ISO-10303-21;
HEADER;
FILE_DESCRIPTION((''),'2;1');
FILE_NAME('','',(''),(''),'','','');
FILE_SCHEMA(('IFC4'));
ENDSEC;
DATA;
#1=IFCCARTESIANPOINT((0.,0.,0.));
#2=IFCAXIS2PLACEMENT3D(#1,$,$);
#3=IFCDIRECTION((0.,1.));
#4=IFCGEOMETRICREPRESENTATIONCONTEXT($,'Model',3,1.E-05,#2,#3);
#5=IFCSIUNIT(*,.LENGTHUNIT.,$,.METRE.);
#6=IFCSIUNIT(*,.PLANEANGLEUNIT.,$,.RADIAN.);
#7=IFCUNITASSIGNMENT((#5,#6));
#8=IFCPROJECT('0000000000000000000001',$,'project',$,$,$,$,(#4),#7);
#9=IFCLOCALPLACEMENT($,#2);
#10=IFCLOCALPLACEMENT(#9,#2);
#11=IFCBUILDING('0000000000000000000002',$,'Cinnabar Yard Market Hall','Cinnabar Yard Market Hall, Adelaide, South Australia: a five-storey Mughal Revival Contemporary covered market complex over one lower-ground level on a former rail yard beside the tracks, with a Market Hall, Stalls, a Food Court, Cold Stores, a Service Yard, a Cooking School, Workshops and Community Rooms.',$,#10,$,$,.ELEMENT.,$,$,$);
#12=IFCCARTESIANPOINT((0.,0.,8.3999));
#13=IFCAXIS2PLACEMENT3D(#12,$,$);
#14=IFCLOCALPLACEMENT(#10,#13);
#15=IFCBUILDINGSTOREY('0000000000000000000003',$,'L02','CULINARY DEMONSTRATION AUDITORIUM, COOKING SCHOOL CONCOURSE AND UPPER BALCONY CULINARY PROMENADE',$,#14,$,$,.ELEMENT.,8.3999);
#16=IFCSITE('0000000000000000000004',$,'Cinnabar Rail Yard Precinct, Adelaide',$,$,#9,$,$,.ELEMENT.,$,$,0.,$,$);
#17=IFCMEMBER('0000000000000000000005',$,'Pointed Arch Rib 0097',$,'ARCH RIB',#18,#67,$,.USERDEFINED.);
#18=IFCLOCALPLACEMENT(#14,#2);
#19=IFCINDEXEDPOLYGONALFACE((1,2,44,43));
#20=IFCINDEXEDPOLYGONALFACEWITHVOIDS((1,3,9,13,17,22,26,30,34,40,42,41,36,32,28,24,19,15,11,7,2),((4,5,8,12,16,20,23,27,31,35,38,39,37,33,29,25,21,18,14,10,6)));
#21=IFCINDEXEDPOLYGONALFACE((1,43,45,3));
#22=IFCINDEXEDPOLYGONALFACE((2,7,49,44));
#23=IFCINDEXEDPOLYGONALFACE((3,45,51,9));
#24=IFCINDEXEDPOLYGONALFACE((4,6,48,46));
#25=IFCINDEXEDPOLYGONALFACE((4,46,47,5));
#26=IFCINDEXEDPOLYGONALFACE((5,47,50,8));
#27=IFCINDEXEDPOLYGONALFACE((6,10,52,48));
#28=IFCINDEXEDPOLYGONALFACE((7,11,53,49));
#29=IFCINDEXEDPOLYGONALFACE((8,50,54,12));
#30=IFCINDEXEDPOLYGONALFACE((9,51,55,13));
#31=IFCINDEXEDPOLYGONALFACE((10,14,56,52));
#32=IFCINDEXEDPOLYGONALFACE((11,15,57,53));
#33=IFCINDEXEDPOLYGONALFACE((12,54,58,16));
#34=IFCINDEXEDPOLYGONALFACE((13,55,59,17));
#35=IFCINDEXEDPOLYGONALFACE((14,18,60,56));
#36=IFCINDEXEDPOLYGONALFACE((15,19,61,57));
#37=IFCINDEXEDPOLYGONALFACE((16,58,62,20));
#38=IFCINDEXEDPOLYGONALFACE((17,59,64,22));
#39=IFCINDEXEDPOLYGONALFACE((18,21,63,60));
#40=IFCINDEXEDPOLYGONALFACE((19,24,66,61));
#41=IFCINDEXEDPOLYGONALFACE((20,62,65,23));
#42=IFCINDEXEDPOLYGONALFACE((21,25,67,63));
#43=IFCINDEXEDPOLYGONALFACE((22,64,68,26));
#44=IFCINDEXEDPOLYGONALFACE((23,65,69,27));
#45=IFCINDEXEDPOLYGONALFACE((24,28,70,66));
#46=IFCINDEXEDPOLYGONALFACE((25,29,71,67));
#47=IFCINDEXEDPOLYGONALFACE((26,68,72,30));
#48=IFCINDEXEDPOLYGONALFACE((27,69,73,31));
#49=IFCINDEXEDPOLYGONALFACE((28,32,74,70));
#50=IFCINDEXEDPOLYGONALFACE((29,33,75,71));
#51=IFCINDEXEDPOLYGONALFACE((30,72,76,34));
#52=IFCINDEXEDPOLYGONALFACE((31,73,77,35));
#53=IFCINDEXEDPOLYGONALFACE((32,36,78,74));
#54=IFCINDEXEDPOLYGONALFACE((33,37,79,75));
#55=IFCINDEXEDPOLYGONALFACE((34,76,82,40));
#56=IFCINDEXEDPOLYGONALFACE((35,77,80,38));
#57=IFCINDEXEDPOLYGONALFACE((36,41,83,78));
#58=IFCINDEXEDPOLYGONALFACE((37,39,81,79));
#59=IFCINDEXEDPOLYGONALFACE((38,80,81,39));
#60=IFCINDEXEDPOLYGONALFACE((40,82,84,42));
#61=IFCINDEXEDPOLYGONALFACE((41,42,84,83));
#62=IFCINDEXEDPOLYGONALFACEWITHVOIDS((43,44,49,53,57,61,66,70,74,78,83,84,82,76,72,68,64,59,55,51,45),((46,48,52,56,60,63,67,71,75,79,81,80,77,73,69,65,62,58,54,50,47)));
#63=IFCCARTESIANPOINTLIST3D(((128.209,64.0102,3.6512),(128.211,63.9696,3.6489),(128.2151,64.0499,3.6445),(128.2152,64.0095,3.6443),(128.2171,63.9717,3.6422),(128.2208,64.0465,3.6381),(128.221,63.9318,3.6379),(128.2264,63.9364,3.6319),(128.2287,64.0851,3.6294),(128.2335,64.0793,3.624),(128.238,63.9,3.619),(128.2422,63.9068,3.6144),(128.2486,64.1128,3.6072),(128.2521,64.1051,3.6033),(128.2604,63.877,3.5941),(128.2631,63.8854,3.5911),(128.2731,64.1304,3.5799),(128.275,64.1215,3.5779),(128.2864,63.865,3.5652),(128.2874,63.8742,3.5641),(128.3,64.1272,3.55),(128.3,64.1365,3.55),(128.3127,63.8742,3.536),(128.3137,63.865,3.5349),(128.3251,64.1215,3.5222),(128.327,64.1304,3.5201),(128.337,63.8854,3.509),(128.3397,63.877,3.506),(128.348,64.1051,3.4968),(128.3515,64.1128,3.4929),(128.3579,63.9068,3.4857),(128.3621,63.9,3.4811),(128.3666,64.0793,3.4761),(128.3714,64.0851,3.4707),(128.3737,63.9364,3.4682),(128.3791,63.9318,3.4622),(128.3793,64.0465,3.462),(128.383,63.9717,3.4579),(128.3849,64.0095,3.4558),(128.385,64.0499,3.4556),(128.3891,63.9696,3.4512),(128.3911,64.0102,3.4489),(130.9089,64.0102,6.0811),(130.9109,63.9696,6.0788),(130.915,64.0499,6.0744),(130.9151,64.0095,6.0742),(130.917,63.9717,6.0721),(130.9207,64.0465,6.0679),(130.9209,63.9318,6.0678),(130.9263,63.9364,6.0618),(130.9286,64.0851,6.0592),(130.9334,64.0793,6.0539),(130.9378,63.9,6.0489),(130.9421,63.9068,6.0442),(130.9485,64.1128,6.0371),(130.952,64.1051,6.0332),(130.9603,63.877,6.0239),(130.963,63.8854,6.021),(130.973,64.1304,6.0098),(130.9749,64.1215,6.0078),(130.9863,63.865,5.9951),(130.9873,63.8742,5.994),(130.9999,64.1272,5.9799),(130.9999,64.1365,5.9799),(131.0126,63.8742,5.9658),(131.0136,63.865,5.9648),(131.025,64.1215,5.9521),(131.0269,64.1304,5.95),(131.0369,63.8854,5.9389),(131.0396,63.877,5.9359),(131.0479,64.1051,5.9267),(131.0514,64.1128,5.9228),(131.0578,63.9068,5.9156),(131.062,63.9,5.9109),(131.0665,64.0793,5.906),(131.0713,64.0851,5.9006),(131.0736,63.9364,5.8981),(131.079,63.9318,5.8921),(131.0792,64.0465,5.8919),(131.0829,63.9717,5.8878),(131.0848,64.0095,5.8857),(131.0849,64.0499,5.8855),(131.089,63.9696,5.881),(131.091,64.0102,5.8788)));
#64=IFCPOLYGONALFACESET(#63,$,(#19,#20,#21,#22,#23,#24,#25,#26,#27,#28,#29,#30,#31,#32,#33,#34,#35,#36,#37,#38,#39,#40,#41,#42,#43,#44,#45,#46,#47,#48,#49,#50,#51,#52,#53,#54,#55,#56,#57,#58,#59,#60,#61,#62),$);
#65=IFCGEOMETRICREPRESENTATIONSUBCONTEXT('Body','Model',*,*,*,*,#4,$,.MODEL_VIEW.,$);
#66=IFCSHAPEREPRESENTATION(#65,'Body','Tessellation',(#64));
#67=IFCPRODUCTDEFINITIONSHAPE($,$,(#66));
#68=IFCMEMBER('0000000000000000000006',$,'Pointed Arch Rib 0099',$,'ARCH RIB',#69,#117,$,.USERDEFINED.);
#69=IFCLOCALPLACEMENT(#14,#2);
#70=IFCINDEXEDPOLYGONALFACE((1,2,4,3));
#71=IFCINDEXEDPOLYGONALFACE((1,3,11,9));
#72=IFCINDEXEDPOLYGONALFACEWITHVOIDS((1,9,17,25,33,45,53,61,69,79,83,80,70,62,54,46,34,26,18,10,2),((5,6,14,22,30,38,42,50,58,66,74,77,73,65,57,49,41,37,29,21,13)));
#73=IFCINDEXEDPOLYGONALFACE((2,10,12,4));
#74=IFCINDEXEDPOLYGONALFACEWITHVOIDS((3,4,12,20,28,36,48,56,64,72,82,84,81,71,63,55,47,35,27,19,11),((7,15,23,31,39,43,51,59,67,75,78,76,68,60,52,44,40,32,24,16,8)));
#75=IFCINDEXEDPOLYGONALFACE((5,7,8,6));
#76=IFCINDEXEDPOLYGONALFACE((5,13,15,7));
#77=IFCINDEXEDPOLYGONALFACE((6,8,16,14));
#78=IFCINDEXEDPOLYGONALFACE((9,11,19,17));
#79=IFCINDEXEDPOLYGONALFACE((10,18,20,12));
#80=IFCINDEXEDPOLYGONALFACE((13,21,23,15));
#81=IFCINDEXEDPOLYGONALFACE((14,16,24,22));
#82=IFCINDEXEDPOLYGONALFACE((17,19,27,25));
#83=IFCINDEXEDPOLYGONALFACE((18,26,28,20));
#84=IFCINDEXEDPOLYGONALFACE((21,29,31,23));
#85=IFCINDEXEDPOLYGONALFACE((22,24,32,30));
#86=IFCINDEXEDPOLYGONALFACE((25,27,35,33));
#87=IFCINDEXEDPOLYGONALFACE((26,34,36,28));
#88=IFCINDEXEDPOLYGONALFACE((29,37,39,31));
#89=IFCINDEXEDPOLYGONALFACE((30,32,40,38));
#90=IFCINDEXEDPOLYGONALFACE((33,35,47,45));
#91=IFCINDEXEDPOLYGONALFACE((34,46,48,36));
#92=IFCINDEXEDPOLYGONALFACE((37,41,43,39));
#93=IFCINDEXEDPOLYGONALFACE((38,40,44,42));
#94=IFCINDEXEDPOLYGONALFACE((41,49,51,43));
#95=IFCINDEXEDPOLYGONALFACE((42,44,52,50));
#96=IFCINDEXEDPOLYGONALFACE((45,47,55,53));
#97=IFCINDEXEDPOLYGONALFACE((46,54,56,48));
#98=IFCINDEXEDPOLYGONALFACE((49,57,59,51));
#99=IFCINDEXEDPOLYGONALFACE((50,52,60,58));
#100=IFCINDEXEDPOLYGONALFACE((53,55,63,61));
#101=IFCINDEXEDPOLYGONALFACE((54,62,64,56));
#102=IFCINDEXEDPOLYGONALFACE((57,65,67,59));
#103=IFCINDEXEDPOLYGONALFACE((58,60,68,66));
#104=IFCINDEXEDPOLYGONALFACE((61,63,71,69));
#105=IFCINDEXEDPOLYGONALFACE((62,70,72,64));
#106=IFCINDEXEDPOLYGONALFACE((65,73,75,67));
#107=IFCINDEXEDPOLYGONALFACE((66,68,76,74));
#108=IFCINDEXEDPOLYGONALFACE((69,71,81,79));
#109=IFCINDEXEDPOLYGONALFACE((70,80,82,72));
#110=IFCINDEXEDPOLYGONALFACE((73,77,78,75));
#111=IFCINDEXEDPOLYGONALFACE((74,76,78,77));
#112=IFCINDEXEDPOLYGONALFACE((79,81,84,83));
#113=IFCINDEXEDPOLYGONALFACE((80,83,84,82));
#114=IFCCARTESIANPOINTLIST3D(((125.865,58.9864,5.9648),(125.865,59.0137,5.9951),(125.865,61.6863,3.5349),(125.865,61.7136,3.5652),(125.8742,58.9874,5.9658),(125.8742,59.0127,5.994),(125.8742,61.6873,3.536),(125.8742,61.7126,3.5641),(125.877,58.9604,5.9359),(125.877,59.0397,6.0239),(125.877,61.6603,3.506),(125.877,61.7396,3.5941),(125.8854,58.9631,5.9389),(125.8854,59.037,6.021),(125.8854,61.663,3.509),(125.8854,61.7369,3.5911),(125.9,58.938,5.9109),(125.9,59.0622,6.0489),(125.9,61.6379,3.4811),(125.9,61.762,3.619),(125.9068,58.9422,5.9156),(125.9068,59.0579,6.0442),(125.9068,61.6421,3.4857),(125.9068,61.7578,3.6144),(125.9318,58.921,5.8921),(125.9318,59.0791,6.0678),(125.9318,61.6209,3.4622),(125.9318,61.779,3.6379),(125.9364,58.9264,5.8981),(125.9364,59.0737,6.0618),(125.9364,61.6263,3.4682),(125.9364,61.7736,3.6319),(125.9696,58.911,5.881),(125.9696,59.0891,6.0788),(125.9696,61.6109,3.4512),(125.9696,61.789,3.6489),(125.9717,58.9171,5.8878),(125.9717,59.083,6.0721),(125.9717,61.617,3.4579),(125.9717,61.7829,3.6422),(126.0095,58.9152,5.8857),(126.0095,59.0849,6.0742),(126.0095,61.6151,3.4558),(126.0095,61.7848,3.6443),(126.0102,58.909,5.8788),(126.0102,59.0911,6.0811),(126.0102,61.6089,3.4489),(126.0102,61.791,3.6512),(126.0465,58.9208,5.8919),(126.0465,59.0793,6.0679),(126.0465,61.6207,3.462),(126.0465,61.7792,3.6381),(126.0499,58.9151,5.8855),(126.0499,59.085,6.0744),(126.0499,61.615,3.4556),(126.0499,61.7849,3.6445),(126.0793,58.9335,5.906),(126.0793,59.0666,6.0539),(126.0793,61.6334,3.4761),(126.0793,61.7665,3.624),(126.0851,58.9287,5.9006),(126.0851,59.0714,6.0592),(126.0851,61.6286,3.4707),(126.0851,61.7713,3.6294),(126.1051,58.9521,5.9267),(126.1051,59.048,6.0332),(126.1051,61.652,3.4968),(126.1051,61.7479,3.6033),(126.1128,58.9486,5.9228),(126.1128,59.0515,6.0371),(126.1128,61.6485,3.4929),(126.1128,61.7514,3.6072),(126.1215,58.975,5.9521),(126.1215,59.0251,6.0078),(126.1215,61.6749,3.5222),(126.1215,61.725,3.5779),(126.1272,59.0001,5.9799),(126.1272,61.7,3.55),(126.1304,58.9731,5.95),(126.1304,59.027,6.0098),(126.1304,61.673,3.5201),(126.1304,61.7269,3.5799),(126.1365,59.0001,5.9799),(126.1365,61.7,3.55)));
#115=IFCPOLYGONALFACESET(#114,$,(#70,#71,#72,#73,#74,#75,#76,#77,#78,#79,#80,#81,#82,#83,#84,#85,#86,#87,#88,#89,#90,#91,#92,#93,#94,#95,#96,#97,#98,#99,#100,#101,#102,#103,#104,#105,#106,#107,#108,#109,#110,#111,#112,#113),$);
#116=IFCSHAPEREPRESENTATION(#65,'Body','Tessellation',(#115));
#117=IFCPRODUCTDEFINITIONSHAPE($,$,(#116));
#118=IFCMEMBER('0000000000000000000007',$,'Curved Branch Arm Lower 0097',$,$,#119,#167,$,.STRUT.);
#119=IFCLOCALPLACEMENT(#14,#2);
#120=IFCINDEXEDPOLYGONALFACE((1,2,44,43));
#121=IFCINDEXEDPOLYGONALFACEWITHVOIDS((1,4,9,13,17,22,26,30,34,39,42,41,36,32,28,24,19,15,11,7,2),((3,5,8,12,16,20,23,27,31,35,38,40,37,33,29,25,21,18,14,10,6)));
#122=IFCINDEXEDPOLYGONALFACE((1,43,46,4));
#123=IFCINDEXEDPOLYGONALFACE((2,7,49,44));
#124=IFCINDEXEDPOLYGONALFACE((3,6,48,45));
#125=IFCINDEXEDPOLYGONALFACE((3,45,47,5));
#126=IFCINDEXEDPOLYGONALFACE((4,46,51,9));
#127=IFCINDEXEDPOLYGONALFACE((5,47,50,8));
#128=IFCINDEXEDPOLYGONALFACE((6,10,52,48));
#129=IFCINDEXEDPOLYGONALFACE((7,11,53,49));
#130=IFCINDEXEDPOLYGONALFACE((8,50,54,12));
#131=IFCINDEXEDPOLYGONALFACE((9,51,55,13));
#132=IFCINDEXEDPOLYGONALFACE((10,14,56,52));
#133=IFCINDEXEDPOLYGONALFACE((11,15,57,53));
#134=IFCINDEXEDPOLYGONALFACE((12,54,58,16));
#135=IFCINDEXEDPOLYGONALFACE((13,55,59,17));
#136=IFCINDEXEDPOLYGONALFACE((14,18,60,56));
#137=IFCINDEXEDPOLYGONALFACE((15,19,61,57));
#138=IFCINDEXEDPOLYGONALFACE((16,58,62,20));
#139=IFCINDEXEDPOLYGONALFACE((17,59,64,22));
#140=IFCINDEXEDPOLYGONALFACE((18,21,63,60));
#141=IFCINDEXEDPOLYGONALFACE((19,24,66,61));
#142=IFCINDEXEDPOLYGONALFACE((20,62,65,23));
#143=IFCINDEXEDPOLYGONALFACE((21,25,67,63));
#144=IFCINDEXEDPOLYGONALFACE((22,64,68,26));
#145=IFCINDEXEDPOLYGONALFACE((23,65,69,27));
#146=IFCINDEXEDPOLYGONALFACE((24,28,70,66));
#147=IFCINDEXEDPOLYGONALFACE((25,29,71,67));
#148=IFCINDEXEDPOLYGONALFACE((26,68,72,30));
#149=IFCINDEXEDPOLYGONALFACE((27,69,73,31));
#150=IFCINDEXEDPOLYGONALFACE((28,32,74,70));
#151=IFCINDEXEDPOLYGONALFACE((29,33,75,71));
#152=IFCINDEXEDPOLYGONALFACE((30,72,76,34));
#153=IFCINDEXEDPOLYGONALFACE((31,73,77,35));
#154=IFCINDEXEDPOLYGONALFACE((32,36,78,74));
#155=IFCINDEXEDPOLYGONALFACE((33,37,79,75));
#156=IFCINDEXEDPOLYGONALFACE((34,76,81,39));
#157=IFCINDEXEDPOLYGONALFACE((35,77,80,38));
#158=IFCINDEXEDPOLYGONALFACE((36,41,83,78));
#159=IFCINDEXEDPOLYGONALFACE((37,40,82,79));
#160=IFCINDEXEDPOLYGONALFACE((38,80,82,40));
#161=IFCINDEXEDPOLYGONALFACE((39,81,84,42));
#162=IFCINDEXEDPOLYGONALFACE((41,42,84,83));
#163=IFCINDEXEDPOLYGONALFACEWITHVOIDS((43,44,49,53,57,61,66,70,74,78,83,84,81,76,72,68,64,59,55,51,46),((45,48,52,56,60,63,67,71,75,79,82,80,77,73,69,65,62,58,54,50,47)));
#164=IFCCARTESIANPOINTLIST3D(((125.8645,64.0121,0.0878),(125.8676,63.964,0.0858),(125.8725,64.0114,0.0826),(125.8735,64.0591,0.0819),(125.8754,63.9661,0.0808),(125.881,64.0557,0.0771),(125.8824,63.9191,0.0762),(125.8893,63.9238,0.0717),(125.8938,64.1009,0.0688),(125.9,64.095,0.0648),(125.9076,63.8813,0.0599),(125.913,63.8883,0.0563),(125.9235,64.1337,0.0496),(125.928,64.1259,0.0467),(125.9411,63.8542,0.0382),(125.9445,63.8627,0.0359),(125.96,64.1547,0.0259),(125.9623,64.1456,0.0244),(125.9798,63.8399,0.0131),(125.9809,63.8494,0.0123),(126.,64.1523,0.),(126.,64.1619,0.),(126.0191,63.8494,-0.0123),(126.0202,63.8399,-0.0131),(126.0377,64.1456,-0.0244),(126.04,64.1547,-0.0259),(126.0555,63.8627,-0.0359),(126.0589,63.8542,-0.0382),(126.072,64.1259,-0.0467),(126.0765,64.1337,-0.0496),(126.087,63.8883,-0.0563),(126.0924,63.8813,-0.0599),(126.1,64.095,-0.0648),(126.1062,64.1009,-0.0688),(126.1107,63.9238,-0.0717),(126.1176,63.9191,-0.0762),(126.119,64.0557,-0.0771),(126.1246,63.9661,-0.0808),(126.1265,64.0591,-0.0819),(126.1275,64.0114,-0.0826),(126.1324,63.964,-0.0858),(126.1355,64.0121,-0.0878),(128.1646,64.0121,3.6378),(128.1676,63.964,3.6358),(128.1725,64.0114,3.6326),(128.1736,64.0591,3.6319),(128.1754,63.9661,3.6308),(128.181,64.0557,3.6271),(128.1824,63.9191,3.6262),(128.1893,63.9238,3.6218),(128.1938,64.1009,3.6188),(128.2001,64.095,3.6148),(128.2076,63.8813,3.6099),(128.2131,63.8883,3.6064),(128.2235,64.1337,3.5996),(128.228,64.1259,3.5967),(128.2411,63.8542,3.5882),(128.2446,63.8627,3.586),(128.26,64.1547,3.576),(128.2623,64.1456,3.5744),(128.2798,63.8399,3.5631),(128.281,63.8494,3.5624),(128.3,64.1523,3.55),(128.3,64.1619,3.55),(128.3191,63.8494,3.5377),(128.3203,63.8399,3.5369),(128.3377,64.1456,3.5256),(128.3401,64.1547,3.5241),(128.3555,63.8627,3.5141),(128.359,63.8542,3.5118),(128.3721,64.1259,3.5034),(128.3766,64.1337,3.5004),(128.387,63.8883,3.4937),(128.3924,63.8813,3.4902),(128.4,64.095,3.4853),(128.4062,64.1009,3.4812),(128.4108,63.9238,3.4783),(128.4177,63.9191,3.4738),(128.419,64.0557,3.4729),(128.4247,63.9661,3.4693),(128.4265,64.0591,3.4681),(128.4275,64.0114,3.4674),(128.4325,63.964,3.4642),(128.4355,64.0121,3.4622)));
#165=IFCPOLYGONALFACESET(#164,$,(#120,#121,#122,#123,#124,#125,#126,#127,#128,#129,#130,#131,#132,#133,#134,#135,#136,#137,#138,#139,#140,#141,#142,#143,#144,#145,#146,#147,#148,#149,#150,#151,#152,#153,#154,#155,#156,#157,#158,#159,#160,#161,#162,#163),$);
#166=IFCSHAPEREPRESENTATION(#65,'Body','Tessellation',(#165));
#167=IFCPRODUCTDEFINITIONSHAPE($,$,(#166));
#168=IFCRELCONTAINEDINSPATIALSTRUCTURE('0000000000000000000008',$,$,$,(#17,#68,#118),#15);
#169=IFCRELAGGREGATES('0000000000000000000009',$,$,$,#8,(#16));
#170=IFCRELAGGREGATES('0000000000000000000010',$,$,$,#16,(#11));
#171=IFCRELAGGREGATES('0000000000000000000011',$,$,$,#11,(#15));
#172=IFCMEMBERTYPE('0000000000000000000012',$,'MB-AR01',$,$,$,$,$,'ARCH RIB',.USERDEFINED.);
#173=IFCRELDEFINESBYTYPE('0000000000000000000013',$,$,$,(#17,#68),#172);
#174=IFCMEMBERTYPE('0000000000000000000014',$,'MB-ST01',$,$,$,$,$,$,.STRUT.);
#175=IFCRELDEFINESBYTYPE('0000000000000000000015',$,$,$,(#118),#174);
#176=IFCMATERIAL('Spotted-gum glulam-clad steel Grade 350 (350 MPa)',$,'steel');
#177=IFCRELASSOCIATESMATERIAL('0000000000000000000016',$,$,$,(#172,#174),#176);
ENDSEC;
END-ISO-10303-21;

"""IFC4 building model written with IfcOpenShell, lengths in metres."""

from ifc_helpers import new_model, si_unit, direction, frame, origin, origin_2d_with_axis, place, context, subcontext, project, spatial, hollow_circle, extrude, material, material_profile, profile_set, type_object, element, save


model = new_model("IFC4")

# Units and contexts
model_context = context("Model", 3, precision=1e-05, world=origin(), true_north=direction((0.0, 1.0)))
body_context = subcontext(model_context, "Body", "Model", "MODEL_VIEW")
ifc_project = project(units=[si_unit("LENGTHUNIT", "METRE"), si_unit("PLANEANGLEUNIT", "RADIAN")], contexts=[model_context])

# Site, building, storey
site_placement = place(None, origin())
site = spatial("IfcSite", under=ifc_project, at=site_placement, Name="Cinnabar Rail Yard Precinct, Adelaide", CompositionType="ELEMENT", RefElevation=0.0)
building_placement = place(site_placement, origin())
building = spatial("IfcBuilding", under=site, at=building_placement, Name="Cinnabar Yard Market Hall", Description="Cinnabar Yard Market Hall, Adelaide, South Australia: a five-storey Mughal Revival Contemporary covered market complex over one lower-ground level on a former rail yard beside the tracks, with a Market Hall, Stalls, a Food Court, Cold Stores, a Service Yard, a Cooking School, Workshops and Community Rooms.", CompositionType="ELEMENT")
storey_placement = place(building_placement, frame((0.0, 0.0, 8.3999)))
storey = spatial("IfcBuildingStorey", under=building, at=storey_placement, Name="L02", Description="CULINARY DEMONSTRATION AUDITORIUM, COOKING SCHOOL CONCOURSE AND UPPER BALCONY CULINARY PROMENADE", CompositionType="ELEMENT", Elevation=8.3999)

# Shared definitions
ifc_material_1 = material(Name="Spotted-gum glulam-clad steel Grade 350 (350 MPa)", Category="steel")

# Members
ifc_material_profile_1 = material_profile(ifc_material_1, hollow_circle(Radius=0.1365, WallThickness=0.0093, at=origin_2d_with_axis()), Name="273.1x9.3CHS")
ifc_profile_set_1 = profile_set([ifc_material_profile_1], Name="Spotted-gum glulam-clad steel Grade 350 (350 MPa)")
member_type_1 = type_object("IfcMemberType", Name="MB-AR01", ElementType="ARCH RIB", PredefinedType="USERDEFINED", material=ifc_profile_set_1)
for number, where, z_axis, x_axis, name in (
    (1, (128.3, 64.0, 3.55), (0.743297, 0.0, 0.668961), (0.0, 1.0, 0.0), "Pointed Arch Rib 0097"),
    (2, (126.0, 61.7, 3.55), (0.0, -0.743297, 0.668961), (1.0, 0.0, 0.0), "Pointed Arch Rib 0099"),
):
    element("IfcMember", number, at=place(storey_placement, frame(where, z_axis=z_axis, x_axis=x_axis)), inside=storey, type_object=member_type_1, Name=name, ObjectType="ARCH RIB", PredefinedType="USERDEFINED", context=body_context, shape_type="SweptSolid", body=[
        extrude(hollow_circle(Radius=0.1365, WallThickness=0.0093, at=origin_2d_with_axis()), origin(), (0.0, 0.0, 1.0), 3.6323),
    ])
ifc_material_profile_2 = material_profile(ifc_material_1, hollow_circle(Radius=0.1619, WallThickness=0.0095, at=origin_2d_with_axis()), Name="323.9x9.5CHS")
ifc_profile_set_2 = profile_set([ifc_material_profile_2], Name="Spotted-gum glulam-clad steel Grade 350 (350 MPa)")
member_type_2 = type_object("IfcMemberType", Name="MB-ST01", PredefinedType="STRUT", material=ifc_profile_set_2)
for number, where, z_axis, x_axis, name in (
    (3, (126.0, 64.0, 0.0), (0.543744, 0.0, 0.839251), (0.0, 1.0, 0.0), "Curved Branch Arm Lower 0097"),
):
    element("IfcMember", number, at=place(storey_placement, frame(where, z_axis=z_axis, x_axis=x_axis)), inside=storey, type_object=member_type_2, Name=name, PredefinedType="STRUT", context=body_context, shape_type="SweptSolid", body=[
        extrude(hollow_circle(Radius=0.1619, WallThickness=0.0095, at=origin_2d_with_axis()), origin(), (0.0, 0.0, 1.0), 4.23),
    ])

save(model, "model.ifc")
